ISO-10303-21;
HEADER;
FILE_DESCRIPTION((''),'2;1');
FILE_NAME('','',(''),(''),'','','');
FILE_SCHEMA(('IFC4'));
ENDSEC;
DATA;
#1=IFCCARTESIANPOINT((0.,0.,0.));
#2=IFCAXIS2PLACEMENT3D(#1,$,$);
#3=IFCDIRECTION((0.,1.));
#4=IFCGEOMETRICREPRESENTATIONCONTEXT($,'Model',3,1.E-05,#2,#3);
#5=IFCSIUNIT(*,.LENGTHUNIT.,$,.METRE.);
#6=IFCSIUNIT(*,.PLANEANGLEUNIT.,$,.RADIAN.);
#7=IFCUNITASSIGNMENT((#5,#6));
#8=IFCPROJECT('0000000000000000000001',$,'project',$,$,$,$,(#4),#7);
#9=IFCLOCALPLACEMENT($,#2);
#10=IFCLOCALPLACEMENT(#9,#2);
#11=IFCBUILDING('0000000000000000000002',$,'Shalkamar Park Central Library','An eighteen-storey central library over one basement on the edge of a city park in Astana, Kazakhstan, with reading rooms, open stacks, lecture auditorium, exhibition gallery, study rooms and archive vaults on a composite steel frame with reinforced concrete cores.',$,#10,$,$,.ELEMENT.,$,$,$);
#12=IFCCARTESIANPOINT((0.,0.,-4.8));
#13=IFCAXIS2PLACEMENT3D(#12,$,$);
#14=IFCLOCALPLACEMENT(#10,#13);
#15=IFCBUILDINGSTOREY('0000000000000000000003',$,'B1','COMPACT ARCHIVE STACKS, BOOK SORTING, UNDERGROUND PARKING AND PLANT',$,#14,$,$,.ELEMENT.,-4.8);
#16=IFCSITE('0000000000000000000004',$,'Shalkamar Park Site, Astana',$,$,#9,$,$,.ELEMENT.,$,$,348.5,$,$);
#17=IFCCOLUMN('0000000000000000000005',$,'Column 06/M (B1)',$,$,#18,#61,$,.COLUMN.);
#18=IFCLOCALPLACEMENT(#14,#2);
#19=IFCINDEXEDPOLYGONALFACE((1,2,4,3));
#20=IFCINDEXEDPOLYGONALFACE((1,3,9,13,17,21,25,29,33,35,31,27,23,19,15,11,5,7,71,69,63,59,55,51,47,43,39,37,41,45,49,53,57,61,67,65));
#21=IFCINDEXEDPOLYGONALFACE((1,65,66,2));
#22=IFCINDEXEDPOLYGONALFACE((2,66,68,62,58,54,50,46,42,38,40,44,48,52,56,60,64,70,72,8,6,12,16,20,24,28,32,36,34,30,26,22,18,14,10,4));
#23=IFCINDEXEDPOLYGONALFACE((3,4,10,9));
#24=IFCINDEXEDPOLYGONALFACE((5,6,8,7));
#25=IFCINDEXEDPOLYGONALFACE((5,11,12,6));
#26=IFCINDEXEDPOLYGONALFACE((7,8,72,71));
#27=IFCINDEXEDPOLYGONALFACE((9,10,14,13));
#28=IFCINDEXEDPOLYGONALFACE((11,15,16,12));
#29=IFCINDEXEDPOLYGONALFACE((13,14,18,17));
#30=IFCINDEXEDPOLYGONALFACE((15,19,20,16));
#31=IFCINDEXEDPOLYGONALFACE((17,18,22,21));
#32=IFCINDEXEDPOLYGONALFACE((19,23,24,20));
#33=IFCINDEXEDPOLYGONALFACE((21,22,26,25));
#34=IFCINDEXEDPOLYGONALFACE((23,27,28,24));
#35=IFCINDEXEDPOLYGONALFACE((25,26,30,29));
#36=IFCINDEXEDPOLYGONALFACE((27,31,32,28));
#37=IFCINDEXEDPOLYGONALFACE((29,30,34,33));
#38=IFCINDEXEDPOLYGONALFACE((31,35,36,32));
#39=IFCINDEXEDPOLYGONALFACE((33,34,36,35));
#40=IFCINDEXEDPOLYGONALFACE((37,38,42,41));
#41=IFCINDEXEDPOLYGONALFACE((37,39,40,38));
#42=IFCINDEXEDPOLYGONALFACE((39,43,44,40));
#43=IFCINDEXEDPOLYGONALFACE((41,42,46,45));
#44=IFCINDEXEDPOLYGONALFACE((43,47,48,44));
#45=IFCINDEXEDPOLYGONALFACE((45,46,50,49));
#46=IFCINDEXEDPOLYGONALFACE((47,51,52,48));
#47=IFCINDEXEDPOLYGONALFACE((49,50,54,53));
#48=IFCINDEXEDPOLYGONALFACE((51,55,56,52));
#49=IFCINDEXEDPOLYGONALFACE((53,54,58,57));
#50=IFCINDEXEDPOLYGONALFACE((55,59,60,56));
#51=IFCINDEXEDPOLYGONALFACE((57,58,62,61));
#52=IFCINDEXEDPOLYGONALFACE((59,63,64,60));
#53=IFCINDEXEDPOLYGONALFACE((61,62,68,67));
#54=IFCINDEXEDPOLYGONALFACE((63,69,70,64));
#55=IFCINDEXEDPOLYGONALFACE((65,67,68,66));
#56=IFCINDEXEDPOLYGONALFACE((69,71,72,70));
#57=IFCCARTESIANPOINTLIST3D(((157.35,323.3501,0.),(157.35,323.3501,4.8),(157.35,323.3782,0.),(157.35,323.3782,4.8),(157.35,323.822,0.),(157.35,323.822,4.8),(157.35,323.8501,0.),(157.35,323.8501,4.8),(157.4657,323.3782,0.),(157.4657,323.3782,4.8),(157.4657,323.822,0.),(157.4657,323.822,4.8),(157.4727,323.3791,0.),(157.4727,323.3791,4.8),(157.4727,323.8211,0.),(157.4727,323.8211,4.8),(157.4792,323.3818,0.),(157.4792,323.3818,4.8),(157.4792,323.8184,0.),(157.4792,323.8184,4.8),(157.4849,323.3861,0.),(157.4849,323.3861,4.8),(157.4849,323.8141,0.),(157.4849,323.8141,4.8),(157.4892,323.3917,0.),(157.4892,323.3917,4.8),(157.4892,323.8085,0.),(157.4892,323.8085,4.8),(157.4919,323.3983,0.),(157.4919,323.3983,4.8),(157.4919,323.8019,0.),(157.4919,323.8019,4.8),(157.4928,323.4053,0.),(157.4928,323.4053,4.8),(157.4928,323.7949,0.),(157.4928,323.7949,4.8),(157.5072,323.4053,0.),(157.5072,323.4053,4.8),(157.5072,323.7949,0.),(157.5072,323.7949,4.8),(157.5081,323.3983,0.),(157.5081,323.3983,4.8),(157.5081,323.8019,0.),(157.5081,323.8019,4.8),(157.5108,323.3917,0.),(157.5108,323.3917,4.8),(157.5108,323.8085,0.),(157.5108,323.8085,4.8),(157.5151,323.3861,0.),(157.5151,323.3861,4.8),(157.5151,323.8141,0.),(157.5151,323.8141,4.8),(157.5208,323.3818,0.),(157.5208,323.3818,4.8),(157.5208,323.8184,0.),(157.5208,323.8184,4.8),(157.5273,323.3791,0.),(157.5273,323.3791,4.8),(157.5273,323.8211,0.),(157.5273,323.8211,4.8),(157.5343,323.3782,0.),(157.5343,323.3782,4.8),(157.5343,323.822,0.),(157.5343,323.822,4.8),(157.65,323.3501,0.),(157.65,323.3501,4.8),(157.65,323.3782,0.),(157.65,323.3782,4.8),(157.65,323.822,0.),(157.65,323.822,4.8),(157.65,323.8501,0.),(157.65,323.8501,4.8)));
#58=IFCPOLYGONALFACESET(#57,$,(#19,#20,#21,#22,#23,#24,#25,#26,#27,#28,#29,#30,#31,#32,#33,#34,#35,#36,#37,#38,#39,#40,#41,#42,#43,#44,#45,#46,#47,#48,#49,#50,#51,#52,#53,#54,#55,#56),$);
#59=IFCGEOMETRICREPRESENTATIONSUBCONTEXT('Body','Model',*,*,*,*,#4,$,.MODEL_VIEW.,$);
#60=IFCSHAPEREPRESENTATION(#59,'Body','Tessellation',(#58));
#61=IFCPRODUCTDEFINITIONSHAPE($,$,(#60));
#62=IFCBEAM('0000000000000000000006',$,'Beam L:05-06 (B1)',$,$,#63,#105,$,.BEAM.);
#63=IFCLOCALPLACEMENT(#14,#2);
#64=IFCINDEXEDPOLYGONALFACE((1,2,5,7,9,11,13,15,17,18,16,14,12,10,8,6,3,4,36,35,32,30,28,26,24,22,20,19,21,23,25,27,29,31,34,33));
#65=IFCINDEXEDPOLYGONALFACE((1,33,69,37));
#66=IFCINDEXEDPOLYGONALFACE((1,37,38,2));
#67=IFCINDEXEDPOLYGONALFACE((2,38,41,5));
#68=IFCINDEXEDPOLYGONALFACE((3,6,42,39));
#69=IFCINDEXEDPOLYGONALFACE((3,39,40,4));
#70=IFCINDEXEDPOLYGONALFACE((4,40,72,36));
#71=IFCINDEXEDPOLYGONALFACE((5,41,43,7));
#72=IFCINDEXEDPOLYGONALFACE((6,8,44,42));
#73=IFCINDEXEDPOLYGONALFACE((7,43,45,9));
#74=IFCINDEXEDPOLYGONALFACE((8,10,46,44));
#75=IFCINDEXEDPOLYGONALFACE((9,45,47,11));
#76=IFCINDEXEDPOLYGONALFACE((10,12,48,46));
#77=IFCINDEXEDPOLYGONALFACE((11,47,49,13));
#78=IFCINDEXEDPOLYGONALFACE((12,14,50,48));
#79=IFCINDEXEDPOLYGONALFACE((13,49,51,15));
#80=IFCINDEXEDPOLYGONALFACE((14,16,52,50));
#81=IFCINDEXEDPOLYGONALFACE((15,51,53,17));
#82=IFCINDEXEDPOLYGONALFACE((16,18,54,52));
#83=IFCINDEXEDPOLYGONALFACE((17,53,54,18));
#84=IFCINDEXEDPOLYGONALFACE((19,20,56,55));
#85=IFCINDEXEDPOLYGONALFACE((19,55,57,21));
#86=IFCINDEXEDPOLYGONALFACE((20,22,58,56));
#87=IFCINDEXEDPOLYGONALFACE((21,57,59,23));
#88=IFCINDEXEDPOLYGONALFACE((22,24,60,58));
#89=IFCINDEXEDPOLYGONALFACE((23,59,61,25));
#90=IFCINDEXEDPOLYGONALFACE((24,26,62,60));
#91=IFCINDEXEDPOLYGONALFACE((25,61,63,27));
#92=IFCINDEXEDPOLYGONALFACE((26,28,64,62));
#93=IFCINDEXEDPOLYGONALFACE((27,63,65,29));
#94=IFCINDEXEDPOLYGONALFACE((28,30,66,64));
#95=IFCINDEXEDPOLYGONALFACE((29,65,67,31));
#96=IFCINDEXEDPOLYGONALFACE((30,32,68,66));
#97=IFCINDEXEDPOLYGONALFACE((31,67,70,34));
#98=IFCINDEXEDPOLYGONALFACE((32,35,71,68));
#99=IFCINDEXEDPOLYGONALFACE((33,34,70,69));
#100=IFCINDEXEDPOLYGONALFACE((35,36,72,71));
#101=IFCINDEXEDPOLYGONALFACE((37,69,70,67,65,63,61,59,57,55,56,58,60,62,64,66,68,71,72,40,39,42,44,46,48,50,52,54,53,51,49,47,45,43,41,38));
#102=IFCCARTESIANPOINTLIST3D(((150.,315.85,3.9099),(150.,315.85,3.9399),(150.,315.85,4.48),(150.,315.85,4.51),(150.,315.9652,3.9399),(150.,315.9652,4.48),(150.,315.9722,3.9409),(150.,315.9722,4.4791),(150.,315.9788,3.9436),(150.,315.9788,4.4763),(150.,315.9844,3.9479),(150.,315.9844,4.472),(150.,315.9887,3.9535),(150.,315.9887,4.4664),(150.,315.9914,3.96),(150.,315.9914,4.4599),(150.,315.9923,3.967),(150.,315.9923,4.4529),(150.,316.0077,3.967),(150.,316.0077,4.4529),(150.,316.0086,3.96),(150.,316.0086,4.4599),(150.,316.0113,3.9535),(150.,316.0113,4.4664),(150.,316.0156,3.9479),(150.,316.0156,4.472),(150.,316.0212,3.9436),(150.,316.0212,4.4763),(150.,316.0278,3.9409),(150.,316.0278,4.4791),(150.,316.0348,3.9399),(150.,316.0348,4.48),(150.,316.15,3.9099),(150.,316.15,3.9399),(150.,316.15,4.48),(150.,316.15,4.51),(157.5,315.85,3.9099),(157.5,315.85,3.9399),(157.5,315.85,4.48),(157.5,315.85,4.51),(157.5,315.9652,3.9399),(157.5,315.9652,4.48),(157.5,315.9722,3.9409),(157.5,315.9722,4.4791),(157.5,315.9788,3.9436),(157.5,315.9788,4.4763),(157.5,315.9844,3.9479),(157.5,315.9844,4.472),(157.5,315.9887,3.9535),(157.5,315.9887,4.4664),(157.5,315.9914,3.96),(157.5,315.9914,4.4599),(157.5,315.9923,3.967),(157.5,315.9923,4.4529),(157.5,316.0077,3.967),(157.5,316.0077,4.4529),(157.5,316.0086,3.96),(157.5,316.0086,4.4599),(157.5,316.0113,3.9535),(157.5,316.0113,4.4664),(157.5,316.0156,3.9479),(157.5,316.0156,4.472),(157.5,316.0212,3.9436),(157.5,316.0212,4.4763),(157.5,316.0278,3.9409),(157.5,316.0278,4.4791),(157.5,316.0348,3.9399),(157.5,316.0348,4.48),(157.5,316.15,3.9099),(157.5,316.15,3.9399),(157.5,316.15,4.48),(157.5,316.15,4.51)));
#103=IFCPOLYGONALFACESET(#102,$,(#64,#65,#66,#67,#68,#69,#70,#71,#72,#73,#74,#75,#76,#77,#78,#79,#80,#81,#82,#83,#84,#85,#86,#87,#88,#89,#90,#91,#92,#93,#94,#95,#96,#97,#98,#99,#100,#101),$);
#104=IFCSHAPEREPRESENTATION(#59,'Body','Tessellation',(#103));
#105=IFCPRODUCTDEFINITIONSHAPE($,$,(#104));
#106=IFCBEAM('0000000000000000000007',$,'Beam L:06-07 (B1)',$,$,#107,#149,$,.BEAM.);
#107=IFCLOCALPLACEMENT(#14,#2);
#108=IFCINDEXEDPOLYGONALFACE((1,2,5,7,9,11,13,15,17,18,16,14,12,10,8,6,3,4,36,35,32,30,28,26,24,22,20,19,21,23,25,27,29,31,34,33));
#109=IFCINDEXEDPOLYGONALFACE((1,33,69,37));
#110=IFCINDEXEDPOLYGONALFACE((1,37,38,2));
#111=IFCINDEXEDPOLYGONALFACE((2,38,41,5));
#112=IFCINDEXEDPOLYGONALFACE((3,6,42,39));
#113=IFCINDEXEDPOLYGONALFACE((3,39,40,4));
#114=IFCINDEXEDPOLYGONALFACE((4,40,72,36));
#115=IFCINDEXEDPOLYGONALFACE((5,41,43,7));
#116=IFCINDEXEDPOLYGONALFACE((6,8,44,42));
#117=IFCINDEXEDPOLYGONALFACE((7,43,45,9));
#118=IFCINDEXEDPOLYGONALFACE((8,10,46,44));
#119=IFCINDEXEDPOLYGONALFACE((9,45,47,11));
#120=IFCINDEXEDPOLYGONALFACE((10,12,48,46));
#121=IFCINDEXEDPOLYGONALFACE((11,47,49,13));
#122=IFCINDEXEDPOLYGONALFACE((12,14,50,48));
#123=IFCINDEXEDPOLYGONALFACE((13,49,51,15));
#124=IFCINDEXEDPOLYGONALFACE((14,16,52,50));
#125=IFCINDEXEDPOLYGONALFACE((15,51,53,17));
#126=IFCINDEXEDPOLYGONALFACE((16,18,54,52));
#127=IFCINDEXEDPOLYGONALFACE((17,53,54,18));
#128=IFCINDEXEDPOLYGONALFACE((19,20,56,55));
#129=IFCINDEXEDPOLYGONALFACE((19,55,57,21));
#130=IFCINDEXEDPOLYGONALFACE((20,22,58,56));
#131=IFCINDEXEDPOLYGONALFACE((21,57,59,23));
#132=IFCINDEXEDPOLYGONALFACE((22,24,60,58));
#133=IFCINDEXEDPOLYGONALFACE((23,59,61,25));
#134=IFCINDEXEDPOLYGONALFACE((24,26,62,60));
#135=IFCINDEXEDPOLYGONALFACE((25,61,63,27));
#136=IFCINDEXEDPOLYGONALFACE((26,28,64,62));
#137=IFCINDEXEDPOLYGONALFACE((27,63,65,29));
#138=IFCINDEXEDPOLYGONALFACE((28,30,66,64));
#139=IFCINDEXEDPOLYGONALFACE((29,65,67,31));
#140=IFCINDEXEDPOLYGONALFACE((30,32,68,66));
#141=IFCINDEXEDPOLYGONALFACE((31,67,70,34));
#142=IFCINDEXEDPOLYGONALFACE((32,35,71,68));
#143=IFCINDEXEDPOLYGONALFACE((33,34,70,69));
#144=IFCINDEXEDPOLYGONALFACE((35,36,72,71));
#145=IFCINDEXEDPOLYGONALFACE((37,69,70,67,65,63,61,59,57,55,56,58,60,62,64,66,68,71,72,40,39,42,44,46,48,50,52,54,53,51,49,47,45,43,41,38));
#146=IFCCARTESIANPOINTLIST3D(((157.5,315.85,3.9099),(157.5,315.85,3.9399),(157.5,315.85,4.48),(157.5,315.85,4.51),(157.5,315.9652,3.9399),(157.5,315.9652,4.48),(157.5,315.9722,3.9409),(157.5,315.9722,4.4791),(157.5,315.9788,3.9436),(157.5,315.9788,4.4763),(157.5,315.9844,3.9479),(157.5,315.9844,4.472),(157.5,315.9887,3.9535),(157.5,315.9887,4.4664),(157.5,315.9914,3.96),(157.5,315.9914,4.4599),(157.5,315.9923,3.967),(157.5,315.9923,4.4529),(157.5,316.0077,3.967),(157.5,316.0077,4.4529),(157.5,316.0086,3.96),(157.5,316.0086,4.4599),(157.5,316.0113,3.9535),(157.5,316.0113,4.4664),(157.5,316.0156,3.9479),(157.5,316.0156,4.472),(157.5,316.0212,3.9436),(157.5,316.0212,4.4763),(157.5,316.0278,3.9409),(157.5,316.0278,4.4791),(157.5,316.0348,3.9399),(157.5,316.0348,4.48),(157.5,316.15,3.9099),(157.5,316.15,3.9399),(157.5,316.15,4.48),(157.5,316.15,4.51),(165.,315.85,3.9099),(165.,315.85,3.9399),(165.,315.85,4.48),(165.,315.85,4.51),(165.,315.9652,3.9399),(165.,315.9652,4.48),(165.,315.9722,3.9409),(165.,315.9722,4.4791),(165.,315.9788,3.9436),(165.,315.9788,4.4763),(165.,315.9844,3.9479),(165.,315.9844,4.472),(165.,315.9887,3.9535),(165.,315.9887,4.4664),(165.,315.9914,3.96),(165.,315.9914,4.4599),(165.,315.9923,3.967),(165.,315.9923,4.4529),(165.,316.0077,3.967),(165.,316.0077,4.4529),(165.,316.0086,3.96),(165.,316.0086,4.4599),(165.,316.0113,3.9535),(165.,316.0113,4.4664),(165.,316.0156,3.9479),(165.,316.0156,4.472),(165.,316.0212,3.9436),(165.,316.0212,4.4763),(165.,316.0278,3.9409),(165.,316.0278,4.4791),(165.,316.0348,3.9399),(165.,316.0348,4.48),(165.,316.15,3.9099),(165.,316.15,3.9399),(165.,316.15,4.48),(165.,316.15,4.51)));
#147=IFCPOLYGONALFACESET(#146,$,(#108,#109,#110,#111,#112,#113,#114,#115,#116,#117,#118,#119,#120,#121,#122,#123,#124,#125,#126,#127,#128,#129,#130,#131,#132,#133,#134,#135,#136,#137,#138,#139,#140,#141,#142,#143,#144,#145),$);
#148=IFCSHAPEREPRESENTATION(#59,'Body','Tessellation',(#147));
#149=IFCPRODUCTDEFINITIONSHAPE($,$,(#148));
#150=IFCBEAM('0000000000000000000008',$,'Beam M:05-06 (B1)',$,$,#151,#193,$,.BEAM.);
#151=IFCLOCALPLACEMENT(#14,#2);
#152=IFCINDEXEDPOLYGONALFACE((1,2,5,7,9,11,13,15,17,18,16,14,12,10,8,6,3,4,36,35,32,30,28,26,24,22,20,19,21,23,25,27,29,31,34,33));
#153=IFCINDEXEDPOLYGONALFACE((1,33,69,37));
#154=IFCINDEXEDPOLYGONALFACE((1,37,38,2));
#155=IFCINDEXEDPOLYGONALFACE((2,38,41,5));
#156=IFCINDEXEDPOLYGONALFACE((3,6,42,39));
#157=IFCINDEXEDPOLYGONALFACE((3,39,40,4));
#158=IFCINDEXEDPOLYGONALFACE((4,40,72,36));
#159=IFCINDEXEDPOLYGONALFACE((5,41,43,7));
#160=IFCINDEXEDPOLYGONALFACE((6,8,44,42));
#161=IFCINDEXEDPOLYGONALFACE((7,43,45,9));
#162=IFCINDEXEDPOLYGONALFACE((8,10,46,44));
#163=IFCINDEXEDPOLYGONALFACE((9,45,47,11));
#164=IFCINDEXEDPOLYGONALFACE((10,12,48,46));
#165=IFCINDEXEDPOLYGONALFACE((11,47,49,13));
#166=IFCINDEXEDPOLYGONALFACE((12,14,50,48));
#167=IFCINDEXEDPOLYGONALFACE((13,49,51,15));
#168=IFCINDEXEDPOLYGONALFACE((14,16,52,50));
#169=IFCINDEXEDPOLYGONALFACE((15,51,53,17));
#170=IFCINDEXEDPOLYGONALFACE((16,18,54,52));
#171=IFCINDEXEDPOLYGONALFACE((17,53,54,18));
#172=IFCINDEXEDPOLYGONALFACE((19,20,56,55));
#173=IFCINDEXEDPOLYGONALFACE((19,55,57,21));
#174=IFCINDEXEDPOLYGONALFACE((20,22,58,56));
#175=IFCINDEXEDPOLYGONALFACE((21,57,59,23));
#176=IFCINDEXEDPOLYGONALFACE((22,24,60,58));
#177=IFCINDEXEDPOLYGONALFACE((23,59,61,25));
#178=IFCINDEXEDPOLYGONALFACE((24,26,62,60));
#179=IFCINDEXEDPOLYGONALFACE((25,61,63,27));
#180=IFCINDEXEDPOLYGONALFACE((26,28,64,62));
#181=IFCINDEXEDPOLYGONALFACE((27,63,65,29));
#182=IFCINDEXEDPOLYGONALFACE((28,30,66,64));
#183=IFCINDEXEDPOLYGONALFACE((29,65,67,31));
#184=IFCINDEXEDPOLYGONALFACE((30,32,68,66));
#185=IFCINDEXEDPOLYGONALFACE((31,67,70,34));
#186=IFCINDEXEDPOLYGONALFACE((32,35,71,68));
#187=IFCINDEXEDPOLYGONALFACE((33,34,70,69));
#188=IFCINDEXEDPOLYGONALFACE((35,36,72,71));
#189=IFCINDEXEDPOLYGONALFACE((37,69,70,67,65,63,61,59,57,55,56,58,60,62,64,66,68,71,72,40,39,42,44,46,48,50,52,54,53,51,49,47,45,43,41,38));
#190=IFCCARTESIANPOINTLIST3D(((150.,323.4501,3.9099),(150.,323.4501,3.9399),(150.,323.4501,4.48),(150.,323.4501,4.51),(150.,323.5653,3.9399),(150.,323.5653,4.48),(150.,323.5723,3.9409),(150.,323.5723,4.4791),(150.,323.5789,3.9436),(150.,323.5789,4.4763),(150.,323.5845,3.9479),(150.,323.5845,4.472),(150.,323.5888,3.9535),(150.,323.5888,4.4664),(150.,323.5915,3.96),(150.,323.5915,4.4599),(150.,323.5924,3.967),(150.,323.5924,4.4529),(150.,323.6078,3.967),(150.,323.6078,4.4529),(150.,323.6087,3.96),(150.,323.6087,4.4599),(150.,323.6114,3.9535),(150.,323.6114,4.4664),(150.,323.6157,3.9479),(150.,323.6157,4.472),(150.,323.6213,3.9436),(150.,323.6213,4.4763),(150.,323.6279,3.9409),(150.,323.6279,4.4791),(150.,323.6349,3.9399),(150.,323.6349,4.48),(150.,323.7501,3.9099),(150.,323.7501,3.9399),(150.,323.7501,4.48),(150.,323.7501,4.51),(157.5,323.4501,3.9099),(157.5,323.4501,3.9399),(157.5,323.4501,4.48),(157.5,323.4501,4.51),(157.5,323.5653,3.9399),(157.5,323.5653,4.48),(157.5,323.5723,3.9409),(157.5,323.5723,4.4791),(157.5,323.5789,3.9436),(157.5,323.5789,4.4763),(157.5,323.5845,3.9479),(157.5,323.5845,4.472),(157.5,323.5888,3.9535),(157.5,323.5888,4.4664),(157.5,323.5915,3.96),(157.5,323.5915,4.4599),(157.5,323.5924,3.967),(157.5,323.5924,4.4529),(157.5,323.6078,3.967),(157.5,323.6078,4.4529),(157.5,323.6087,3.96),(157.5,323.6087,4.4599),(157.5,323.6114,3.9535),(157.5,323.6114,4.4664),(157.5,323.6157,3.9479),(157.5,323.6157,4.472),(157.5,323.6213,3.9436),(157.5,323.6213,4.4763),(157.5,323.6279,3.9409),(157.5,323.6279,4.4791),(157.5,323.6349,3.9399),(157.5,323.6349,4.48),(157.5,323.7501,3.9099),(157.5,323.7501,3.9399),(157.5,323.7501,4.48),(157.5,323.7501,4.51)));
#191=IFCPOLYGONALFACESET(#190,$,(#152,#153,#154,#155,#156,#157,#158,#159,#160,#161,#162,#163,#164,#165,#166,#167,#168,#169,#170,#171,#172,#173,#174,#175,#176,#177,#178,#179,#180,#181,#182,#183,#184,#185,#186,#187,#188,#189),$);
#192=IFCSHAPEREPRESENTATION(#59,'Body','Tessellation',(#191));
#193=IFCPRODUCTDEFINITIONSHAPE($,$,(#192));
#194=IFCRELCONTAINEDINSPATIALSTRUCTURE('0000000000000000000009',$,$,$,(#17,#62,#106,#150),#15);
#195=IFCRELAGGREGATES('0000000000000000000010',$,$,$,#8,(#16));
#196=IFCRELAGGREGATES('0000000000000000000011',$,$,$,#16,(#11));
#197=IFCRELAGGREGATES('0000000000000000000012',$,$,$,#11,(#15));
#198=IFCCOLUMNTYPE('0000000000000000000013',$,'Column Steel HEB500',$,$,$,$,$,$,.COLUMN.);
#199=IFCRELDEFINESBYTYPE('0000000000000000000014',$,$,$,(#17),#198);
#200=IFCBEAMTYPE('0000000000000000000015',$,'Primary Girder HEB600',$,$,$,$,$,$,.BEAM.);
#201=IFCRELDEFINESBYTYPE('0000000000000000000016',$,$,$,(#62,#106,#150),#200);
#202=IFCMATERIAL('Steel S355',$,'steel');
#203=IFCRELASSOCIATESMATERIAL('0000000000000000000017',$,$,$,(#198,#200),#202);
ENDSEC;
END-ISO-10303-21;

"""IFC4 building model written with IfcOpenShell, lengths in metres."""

from ifc_helpers import new_model, si_unit, direction, frame, origin, origin_2d, place, context, subcontext, project, spatial, i_section, extrude, material, material_profile, profile_set, type_object, element, save


model = new_model("IFC4")

# Units and contexts
model_context = context("Model", 3, precision=1e-05, world=origin(), true_north=direction((0.0, 1.0)))
body_context = subcontext(model_context, "Body", "Model", "MODEL_VIEW")
ifc_project = project(units=[si_unit("LENGTHUNIT", "METRE"), si_unit("PLANEANGLEUNIT", "RADIAN")], contexts=[model_context])

# Site, building, storey
site_placement = place(None, origin())
site = spatial("IfcSite", under=ifc_project, at=site_placement, Name="Shalkamar Park Site, Astana", CompositionType="ELEMENT", RefElevation=348.5)
building_placement = place(site_placement, origin())
building = spatial("IfcBuilding", under=site, at=building_placement, Name="Shalkamar Park Central Library", Description="An eighteen-storey central library over one basement on the edge of a city park in Astana, Kazakhstan, with reading rooms, open stacks, lecture auditorium, exhibition gallery, study rooms and archive vaults on a composite steel frame with reinforced concrete cores.", CompositionType="ELEMENT")
storey_placement = place(building_placement, frame((0.0, 0.0, -4.8)))
storey = spatial("IfcBuildingStorey", under=building, at=storey_placement, Name="B1", Description="COMPACT ARCHIVE STACKS, BOOK SORTING, UNDERGROUND PARKING AND PLANT", CompositionType="ELEMENT", Elevation=-4.8)

# Column
ifc_material_1 = material(Name="Steel S355", Category="steel")
ifc_material_profile_1 = material_profile(ifc_material_1, i_section(OverallWidth=0.3, OverallDepth=0.5, WebThickness=0.0144, FlangeThickness=0.0281, FilletRadius=0.0271, at=origin_2d()), Name="HEB 500")
ifc_profile_set_1 = profile_set([ifc_material_profile_1], Name="Steel S355")
column_type_1 = type_object("IfcColumnType", Name="Column Steel HEB500", PredefinedType="COLUMN", material=ifc_profile_set_1)
for number, where, z_axis, x_axis, name in (
    (1, (157.5, 323.6001, 0.0), (0.0, 0.0, 1.0), (1.0, 0.0, 0.0), "Column 06/M (B1)"),
):
    element("IfcColumn", number, at=place(storey_placement, frame(where, z_axis=z_axis, x_axis=x_axis)), inside=storey, type_object=column_type_1, Name=name, PredefinedType="COLUMN", context=body_context, shape_type="SweptSolid", body=[
        extrude(i_section(OverallWidth=0.3, OverallDepth=0.5, WebThickness=0.0144, FlangeThickness=0.0281, FilletRadius=0.0271, at=origin_2d()), origin(), (0.0, 0.0, 1.0), 4.8),
    ])

# Beams
ifc_material_profile_2 = material_profile(ifc_material_1, i_section(OverallWidth=0.3, OverallDepth=0.6001, WebThickness=0.0154, FlangeThickness=0.03, FilletRadius=0.0271, at=origin_2d()), Name="HEB 600")
ifc_profile_set_2 = profile_set([ifc_material_profile_2], Name="Steel S355")
beam_type = type_object("IfcBeamType", Name="Primary Girder HEB600", PredefinedType="BEAM", material=ifc_profile_set_2)
for number, where, z_axis, x_axis, name in (
    (2, (150.0, 316.0, 4.21), (1.0, 0.0, 0.0), (0.0, 1.0, 0.0), "Beam L:05-06 (B1)"),
    (3, (157.5, 316.0, 4.21), (1.0, 0.0, 0.0), (0.0, 1.0, 0.0), "Beam L:06-07 (B1)"),
    (4, (150.0, 323.6001, 4.21), (1.0, 0.0, 0.0), (0.0, 1.0, 0.0), "Beam M:05-06 (B1)"),
):
    element("IfcBeam", number, at=place(storey_placement, frame(where, z_axis=z_axis, x_axis=x_axis)), inside=storey, type_object=beam_type, Name=name, PredefinedType="BEAM", context=body_context, shape_type="SweptSolid", body=[
        extrude(i_section(OverallWidth=0.3, OverallDepth=0.6001, WebThickness=0.0154, FlangeThickness=0.03, FilletRadius=0.0271, at=origin_2d()), origin(), (0.0, 0.0, 1.0), 7.5),
    ])

save(model, "model.ifc")
